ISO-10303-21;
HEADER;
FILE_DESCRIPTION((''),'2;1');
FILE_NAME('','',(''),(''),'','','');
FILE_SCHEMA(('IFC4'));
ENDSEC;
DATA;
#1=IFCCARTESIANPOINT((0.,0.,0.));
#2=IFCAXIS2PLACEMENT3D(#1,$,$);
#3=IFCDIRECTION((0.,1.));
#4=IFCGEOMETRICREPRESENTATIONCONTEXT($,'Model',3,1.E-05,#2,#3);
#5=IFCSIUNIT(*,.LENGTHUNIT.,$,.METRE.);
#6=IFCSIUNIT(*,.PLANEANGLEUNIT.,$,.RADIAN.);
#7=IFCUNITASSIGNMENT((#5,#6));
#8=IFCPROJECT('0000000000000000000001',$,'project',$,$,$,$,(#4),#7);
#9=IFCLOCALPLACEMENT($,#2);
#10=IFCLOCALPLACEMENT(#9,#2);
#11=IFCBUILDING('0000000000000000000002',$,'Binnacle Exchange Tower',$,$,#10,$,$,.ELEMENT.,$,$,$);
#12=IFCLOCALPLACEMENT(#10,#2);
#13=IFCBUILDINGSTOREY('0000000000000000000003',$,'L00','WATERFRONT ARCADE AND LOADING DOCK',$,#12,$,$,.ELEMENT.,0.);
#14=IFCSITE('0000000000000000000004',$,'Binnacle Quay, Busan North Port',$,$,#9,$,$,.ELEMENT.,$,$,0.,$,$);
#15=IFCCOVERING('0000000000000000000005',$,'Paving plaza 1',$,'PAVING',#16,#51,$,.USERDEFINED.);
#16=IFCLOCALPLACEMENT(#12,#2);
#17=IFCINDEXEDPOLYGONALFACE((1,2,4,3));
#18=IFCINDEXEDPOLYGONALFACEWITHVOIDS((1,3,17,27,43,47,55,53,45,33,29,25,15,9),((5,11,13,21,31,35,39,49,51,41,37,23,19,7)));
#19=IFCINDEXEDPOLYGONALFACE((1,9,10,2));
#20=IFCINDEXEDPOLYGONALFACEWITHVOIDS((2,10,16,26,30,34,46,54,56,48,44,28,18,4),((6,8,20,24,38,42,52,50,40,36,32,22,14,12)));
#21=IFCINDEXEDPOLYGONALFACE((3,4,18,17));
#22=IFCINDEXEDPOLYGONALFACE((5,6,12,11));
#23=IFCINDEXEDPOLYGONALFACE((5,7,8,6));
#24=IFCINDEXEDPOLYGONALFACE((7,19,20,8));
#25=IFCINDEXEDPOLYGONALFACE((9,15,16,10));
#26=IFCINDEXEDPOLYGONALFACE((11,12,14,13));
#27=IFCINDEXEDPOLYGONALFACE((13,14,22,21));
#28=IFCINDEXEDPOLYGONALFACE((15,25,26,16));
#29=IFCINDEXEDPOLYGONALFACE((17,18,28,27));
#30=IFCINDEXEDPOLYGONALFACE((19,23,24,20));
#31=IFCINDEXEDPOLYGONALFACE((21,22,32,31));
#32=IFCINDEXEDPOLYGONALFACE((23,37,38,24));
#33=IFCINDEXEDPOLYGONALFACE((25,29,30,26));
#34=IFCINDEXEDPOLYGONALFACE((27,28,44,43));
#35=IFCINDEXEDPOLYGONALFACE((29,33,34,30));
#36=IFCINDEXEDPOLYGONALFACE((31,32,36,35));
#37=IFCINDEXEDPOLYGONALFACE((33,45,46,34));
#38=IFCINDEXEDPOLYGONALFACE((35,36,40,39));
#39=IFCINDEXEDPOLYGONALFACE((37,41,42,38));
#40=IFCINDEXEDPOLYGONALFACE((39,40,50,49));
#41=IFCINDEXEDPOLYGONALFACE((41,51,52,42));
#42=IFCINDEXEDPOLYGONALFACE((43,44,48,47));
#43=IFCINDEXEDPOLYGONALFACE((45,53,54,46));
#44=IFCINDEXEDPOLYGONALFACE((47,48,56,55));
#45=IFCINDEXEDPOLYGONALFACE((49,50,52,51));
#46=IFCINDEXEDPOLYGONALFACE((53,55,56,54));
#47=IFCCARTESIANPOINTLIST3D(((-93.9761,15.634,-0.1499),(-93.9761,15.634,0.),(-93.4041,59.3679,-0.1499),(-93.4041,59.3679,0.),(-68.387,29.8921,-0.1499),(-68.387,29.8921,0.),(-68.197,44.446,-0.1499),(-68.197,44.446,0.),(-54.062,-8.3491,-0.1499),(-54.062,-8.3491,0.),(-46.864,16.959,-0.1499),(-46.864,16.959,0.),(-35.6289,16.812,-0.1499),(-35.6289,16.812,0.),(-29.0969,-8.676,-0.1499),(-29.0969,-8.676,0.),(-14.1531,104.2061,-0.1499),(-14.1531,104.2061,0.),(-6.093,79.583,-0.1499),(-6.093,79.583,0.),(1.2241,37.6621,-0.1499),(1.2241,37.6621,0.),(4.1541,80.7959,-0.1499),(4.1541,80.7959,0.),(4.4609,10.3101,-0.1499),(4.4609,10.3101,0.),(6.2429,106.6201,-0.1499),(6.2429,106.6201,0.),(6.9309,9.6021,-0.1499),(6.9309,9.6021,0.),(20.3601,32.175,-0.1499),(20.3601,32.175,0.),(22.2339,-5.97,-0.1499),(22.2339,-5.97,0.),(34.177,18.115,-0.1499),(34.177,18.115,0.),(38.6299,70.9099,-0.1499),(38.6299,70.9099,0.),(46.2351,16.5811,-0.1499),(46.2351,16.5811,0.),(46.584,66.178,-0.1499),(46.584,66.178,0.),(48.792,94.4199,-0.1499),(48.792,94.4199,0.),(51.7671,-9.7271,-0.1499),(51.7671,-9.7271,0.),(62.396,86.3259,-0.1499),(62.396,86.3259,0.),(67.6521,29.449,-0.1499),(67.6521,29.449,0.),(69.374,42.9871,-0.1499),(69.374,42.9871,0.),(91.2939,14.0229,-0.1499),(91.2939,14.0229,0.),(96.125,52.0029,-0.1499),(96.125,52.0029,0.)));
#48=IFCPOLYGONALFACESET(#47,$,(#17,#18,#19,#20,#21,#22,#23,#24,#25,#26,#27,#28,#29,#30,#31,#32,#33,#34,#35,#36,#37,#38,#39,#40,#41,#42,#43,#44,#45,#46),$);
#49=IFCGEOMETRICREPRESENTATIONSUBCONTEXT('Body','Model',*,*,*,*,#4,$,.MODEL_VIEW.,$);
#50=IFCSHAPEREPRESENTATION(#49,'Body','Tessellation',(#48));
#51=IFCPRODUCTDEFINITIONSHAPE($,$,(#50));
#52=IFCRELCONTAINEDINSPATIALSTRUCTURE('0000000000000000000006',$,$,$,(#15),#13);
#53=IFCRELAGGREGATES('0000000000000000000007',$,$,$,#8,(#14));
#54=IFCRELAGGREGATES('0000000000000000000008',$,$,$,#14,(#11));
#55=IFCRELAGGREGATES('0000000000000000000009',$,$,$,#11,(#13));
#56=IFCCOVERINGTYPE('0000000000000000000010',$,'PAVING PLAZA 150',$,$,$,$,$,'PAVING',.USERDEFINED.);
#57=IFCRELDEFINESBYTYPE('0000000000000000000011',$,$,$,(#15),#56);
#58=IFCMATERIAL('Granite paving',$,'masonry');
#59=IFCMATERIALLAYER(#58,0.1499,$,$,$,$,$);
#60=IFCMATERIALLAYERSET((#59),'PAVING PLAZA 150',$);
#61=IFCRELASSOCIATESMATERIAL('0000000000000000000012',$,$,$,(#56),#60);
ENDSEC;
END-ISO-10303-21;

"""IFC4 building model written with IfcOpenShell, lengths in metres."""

from ifc_helpers import new_model, si_unit, direction, frame, origin, place, context, subcontext, project, spatial, polyline, outline, extrude, material, layer, layer_set, type_object, element, save


model = new_model("IFC4")

# Units and contexts
model_context = context("Model", 3, precision=1e-05, world=origin(), true_north=direction((0.0, 1.0)))
body_context = subcontext(model_context, "Body", "Model", "MODEL_VIEW")
ifc_project = project(units=[si_unit("LENGTHUNIT", "METRE"), si_unit("PLANEANGLEUNIT", "RADIAN")], contexts=[model_context])

# Site, building, storey
site_placement = place(None, origin())
site = spatial("IfcSite", under=ifc_project, at=site_placement, Name="Binnacle Quay, Busan North Port", CompositionType="ELEMENT", RefElevation=0.0)
building_placement = place(site_placement, origin())
building = spatial("IfcBuilding", under=site, at=building_placement, Name="Binnacle Exchange Tower", CompositionType="ELEMENT")
storey_placement = place(building_placement, origin())
storey = spatial("IfcBuildingStorey", under=building, at=storey_placement, Name="L00", Description="WATERFRONT ARCADE AND LOADING DOCK", CompositionType="ELEMENT", Elevation=0.0)

# Covering
ifc_material_1 = material(Name="Granite paving", Category="masonry")
ifc_layer_1 = layer(ifc_material_1, 0.1499)
ifc_layer_set_1 = layer_set([ifc_layer_1], Name="PAVING PLAZA 150")
covering_type = type_object("IfcCoveringType", Name="PAVING PLAZA 150", ElementType="PAVING", PredefinedType="USERDEFINED", material=ifc_layer_set_1)
covering_placement = place(storey_placement, frame((0.0, 0.0, -0.1499)))
element("IfcCovering", 1, at=covering_placement, inside=storey, type_object=covering_type, Name="Paving plaza 1", ObjectType="PAVING", PredefinedType="USERDEFINED", context=body_context, shape_type="SweptSolid", body=[
    extrude(outline(polyline([(91.2939, 14.0229), (51.7671, -9.7271), (22.2339, -5.97), (6.9309, 9.6021), (4.4609, 10.3101), (-29.0969, -8.676), (-54.062, -8.3491), (-93.9761, 15.634), (-93.4041, 59.3679), (-14.1531, 104.2061), (6.2429, 106.6201), (48.792, 94.4199), (62.396, 86.3259), (96.125, 52.0029), (91.2939, 14.0229)]), holes=[polyline([(38.6299, 70.9099), (4.1541, 80.7959), (-6.093, 79.583), (-68.197, 44.446), (-68.387, 29.8921), (-46.864, 16.959), (-35.6289, 16.812), (1.2241, 37.6621), (20.3601, 32.175), (34.177, 18.115), (46.2351, 16.5811), (67.6521, 29.449), (69.374, 42.9871), (46.584, 66.178), (38.6299, 70.9099)])]), origin(), (0.0, 0.0, 1.0), 0.1499),
])

save(model, "model.ifc")
